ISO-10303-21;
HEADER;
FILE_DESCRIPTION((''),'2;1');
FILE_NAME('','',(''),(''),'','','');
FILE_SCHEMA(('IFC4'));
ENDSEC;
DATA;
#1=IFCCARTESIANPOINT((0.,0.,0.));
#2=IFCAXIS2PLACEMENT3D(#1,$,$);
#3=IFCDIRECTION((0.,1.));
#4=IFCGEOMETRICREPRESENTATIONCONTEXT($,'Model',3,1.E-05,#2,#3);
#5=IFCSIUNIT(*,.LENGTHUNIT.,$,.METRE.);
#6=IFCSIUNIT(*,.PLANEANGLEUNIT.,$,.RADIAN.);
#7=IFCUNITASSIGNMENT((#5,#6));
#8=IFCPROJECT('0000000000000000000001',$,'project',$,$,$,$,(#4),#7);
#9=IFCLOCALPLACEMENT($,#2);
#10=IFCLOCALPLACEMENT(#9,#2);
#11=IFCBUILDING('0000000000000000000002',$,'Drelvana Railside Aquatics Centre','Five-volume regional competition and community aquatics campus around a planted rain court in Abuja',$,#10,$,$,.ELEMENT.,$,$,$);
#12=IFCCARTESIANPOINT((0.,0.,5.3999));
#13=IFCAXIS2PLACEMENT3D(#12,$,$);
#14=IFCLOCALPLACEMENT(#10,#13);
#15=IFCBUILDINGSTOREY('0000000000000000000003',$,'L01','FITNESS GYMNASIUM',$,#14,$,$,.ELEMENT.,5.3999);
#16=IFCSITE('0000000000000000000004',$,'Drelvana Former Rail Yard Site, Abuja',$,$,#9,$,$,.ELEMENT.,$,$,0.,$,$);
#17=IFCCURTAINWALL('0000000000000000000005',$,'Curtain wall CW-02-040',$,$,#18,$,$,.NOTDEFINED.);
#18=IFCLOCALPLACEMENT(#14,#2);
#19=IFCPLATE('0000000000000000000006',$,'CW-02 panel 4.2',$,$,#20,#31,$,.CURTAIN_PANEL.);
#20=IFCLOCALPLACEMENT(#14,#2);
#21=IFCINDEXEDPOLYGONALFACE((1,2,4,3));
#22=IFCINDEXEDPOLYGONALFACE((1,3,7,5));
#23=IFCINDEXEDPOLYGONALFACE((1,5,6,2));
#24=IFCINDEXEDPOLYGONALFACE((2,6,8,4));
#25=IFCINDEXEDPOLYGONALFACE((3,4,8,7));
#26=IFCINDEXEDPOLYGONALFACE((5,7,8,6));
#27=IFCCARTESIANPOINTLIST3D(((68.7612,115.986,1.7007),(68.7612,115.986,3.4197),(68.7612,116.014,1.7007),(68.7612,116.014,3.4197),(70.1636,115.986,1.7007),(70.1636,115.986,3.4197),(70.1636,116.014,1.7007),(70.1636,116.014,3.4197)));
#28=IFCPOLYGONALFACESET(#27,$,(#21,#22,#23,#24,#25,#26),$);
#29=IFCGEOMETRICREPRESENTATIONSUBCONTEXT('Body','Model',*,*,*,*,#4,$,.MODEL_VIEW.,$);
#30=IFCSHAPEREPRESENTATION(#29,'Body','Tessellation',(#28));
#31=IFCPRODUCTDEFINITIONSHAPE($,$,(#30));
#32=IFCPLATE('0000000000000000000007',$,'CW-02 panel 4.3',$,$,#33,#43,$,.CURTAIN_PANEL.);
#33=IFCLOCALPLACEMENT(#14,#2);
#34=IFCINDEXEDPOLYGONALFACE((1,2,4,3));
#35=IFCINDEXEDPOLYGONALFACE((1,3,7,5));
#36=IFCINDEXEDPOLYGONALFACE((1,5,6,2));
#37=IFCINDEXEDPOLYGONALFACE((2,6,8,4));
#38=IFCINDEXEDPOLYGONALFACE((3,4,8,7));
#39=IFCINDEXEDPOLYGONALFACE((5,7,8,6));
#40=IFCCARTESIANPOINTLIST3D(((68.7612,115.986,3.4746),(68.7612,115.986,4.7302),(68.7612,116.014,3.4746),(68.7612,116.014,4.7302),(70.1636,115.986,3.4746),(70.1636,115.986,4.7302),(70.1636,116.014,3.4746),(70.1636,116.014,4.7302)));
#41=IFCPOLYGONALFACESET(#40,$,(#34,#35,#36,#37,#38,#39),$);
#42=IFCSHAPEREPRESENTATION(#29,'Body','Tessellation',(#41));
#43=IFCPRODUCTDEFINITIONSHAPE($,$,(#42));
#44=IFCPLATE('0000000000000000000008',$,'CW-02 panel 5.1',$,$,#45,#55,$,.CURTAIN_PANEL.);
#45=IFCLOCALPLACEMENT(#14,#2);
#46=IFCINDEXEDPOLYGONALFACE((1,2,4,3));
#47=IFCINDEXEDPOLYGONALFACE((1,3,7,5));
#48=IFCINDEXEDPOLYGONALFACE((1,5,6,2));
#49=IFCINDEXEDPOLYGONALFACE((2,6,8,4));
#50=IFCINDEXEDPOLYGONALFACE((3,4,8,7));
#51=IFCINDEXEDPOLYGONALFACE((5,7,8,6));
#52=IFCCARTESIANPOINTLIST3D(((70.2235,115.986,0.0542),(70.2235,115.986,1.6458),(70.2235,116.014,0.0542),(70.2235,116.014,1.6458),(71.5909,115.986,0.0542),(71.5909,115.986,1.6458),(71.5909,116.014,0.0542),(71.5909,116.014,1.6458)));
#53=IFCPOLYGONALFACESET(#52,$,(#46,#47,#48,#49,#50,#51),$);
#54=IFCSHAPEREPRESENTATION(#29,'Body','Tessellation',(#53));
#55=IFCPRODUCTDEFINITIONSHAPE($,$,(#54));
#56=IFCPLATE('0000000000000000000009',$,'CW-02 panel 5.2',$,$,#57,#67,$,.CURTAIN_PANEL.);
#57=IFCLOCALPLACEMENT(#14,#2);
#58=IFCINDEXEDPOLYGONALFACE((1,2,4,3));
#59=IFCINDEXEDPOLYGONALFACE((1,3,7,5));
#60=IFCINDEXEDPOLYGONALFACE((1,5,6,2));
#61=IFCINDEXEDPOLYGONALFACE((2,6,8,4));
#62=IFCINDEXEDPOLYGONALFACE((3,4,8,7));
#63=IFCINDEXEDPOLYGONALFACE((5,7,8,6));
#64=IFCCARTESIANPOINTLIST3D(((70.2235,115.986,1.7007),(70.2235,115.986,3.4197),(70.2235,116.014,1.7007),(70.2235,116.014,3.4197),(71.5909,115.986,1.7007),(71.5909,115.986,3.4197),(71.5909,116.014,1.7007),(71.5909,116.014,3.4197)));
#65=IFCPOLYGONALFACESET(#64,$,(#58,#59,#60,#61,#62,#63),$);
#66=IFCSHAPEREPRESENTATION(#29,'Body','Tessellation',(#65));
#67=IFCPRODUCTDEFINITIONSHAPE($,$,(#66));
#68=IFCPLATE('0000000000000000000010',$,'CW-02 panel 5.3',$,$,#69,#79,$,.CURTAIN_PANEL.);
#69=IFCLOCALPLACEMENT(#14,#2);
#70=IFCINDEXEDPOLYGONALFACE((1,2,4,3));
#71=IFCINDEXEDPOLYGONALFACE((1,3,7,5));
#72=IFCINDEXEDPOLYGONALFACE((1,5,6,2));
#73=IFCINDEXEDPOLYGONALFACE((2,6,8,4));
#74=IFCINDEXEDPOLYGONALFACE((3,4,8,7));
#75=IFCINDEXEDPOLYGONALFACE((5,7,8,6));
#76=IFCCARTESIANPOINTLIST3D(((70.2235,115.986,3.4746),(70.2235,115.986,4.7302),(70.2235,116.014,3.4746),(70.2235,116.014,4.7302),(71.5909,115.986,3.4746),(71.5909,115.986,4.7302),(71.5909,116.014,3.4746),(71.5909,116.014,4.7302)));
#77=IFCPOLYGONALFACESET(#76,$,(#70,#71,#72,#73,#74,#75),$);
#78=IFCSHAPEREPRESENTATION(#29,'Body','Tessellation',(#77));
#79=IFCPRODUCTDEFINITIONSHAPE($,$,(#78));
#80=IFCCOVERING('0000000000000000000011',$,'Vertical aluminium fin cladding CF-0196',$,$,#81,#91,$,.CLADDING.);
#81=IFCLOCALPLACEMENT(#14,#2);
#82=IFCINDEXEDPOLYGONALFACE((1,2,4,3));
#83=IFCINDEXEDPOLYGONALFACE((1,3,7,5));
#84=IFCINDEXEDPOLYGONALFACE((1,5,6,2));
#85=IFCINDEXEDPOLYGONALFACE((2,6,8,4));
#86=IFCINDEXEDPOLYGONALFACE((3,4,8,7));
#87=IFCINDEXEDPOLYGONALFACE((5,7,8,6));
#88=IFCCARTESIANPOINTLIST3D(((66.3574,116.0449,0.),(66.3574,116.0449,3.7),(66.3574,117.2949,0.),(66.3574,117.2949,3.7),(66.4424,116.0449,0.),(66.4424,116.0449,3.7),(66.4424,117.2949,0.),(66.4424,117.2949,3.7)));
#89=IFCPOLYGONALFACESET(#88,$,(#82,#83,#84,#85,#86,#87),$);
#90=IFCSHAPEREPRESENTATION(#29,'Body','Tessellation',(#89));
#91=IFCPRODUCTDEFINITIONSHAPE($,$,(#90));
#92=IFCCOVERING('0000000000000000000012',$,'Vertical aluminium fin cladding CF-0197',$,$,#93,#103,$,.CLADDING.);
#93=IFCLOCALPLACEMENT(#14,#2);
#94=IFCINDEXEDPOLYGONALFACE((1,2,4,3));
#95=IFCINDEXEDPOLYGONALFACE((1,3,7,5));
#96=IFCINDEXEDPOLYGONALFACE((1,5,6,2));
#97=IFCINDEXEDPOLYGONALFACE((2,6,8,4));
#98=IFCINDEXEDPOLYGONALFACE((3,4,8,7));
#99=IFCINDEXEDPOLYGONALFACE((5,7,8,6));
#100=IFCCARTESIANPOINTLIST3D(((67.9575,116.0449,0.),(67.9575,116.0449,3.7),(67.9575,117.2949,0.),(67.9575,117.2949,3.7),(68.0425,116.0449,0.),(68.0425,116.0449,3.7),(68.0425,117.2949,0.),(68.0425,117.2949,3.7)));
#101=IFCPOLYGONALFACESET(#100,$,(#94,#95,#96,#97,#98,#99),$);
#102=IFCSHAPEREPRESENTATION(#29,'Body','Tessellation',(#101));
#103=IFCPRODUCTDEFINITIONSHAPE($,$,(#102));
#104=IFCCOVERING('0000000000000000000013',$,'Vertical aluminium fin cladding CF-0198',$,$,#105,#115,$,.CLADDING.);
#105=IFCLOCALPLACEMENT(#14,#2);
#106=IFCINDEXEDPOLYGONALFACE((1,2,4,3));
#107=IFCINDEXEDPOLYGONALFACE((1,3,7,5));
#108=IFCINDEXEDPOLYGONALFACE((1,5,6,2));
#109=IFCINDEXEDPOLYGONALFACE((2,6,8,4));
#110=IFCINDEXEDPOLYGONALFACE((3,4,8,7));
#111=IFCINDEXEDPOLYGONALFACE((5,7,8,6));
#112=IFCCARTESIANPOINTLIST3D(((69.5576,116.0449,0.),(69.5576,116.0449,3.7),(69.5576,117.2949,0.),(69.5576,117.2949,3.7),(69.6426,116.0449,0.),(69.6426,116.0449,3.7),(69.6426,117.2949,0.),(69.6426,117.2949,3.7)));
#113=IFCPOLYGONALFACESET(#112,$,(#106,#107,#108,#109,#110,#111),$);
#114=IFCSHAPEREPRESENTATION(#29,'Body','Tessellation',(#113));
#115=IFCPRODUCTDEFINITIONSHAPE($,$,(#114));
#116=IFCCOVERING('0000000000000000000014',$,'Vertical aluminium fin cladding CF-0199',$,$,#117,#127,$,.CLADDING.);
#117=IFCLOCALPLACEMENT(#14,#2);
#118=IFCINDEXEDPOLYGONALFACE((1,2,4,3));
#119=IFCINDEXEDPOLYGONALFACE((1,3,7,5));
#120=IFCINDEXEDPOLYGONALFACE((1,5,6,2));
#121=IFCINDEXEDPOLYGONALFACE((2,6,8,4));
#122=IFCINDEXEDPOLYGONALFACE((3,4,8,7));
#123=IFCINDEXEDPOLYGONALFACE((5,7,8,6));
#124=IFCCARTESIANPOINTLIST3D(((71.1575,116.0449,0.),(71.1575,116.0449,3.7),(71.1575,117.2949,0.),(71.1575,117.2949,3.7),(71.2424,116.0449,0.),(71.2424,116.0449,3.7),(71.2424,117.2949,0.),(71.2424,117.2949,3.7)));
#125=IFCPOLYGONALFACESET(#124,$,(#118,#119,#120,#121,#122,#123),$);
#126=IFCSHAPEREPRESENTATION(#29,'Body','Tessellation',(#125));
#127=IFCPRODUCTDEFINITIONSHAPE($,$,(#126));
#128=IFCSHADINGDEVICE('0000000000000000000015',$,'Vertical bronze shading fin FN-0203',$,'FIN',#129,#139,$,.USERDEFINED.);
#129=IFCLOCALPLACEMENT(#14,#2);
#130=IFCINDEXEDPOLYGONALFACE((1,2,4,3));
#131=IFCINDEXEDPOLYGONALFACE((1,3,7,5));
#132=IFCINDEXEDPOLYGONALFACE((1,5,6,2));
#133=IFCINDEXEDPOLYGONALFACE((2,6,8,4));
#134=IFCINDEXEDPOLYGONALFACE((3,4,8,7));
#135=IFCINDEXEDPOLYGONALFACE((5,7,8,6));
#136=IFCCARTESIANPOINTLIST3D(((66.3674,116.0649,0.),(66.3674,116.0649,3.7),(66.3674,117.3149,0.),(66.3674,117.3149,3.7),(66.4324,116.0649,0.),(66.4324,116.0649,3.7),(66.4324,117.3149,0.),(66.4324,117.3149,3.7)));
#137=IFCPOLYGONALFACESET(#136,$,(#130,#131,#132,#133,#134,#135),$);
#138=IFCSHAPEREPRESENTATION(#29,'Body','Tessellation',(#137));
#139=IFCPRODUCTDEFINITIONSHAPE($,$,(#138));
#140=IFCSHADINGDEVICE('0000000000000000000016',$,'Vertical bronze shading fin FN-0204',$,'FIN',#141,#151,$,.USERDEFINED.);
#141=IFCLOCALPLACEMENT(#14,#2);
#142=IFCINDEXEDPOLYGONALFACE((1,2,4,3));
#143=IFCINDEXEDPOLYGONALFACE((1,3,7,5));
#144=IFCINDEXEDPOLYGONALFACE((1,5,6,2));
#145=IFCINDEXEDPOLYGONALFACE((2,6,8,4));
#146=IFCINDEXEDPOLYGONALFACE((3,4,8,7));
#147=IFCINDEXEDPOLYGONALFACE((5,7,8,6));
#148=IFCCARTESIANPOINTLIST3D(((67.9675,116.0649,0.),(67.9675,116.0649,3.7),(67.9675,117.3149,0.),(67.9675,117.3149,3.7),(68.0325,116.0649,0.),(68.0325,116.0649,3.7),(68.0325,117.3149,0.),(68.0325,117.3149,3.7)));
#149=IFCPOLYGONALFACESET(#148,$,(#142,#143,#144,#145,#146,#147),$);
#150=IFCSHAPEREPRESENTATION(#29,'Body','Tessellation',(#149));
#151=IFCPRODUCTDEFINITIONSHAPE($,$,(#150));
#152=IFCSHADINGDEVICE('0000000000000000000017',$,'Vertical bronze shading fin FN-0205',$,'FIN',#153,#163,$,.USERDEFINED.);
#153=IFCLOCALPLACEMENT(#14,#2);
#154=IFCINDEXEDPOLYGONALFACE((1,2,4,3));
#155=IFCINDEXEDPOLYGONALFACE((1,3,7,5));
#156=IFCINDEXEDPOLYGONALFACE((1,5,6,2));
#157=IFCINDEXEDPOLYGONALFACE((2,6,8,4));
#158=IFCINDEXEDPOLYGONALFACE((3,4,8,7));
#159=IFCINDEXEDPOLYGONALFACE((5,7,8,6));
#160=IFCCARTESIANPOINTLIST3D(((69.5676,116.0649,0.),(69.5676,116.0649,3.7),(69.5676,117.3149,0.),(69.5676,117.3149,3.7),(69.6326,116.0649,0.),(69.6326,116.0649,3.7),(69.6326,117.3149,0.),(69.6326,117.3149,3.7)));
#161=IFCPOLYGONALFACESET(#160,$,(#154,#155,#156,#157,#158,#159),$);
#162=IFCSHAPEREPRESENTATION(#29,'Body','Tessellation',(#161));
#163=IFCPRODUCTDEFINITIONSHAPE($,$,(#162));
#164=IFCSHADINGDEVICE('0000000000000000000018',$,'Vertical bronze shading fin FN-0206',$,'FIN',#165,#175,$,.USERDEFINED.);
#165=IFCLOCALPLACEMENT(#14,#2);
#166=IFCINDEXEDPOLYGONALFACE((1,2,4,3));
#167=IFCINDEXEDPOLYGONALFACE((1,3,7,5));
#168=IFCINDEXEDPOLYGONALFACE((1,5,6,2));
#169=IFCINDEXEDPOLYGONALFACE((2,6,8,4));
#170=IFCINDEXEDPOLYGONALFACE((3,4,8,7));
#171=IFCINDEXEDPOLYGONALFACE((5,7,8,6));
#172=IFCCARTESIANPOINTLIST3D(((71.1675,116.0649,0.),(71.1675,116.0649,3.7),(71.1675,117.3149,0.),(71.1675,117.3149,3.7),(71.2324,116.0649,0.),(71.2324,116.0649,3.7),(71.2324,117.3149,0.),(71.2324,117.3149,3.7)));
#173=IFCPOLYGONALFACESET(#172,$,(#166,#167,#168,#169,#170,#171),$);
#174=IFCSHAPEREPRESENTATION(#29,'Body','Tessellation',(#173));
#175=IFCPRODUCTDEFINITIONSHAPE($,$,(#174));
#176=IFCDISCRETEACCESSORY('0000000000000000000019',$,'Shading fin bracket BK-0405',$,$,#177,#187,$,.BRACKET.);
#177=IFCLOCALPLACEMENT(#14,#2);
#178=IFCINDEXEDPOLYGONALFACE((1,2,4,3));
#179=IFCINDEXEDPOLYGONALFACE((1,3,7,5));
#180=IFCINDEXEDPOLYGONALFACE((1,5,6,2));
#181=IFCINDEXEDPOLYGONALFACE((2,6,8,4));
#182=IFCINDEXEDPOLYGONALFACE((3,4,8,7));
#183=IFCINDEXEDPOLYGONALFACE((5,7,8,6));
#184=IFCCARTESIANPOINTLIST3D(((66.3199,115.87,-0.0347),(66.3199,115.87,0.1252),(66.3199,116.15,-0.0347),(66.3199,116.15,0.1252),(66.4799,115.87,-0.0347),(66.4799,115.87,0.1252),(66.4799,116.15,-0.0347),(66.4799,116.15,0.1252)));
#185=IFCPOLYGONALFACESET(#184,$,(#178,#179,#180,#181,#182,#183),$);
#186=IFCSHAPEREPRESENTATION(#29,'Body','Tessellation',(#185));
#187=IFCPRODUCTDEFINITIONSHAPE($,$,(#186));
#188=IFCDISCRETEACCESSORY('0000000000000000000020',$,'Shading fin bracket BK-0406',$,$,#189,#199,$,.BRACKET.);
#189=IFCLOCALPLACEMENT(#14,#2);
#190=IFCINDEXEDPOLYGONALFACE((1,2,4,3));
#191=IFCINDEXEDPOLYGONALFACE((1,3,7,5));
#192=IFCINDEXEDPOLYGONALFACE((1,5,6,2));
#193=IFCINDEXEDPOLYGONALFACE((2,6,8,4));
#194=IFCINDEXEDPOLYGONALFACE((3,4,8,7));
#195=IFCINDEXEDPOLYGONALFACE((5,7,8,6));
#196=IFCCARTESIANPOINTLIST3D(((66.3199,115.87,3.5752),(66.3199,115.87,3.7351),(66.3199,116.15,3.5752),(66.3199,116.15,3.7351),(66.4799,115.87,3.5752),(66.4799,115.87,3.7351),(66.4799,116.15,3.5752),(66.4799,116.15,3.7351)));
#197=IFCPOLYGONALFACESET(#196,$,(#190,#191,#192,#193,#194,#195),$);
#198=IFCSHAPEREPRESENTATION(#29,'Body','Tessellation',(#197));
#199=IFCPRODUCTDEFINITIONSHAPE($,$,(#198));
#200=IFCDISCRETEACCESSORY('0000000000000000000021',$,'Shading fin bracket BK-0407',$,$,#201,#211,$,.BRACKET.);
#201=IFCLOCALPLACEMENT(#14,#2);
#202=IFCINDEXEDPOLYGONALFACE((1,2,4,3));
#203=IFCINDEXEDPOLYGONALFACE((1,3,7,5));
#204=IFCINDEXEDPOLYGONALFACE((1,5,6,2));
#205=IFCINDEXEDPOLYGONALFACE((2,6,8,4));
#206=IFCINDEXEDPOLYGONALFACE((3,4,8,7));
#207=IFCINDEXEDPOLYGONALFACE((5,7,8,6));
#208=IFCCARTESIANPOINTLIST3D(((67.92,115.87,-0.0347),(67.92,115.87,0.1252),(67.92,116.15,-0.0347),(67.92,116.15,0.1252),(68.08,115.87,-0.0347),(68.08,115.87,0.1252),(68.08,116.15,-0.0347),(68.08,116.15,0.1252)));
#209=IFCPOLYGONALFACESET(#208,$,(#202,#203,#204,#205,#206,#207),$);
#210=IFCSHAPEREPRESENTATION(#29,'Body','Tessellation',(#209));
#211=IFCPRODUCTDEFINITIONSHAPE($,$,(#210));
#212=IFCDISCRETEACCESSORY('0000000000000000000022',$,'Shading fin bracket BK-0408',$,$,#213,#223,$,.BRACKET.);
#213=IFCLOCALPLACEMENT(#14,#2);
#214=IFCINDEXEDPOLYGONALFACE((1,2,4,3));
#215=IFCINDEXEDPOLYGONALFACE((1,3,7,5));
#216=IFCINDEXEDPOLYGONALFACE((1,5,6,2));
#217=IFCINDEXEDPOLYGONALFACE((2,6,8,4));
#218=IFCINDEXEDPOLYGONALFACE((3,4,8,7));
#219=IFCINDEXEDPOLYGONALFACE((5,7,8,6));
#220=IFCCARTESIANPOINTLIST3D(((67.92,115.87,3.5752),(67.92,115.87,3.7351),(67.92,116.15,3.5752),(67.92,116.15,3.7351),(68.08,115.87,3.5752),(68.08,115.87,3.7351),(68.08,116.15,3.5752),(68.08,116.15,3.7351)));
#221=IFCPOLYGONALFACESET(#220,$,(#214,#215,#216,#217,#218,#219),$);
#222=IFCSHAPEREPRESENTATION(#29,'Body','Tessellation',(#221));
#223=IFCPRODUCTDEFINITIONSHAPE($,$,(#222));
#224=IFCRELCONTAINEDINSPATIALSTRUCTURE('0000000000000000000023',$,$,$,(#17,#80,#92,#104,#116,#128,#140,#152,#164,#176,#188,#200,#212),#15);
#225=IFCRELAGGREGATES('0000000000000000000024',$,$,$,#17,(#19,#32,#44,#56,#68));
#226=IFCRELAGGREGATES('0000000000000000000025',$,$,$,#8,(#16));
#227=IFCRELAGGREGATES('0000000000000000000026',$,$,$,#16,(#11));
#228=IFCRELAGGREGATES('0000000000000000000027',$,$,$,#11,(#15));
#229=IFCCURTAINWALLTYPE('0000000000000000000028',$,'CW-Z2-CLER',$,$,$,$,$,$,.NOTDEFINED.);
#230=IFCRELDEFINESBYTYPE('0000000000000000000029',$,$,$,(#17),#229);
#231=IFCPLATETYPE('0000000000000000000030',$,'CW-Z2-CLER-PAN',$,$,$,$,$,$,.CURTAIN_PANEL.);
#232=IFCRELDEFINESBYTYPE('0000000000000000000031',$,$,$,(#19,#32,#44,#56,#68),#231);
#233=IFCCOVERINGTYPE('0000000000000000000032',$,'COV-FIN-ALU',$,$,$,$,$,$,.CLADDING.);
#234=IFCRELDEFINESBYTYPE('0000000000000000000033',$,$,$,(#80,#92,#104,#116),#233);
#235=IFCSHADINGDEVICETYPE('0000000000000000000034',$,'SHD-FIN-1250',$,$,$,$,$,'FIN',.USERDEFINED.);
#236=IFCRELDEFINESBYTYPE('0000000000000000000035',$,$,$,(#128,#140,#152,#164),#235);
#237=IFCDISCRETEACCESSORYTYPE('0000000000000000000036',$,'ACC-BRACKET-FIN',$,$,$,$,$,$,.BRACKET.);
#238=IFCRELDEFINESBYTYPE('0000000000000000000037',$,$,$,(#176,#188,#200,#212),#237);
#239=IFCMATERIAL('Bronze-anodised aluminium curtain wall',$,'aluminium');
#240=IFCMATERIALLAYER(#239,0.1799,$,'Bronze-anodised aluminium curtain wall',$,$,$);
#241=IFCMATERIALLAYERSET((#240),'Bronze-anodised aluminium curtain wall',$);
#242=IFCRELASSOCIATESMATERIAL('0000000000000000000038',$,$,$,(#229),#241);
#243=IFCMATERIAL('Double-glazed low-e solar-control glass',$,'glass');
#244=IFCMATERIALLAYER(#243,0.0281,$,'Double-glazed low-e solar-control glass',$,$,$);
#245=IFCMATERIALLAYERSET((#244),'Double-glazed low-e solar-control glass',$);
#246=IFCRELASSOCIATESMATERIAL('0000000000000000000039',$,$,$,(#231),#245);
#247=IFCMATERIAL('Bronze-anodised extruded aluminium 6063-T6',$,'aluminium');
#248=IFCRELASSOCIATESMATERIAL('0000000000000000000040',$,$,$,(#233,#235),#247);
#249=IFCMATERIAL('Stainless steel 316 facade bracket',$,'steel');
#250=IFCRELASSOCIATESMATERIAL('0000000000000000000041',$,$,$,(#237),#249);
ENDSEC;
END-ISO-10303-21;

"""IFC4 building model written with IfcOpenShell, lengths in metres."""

from ifc_helpers import new_model, si_unit, direction, frame, origin, origin_2d, place, context, subcontext, project, spatial, rectangle, extrude, material, layer, layer_set, type_object, element, aggregate, save


model = new_model("IFC4")

# Units and contexts
model_context = context("Model", 3, precision=1e-05, world=origin(), true_north=direction((0.0, 1.0)))
body_context = subcontext(model_context, "Body", "Model", "MODEL_VIEW")
ifc_project = project(units=[si_unit("LENGTHUNIT", "METRE"), si_unit("PLANEANGLEUNIT", "RADIAN")], contexts=[model_context])

# Site, building, storey
site_placement = place(None, origin())
site = spatial("IfcSite", under=ifc_project, at=site_placement, Name="Drelvana Former Rail Yard Site, Abuja", CompositionType="ELEMENT", RefElevation=0.0)
building_placement = place(site_placement, origin())
building = spatial("IfcBuilding", under=site, at=building_placement, Name="Drelvana Railside Aquatics Centre", Description="Five-volume regional competition and community aquatics campus around a planted rain court in Abuja", CompositionType="ELEMENT")
storey_placement = place(building_placement, frame((0.0, 0.0, 5.3999)))
storey = spatial("IfcBuildingStorey", under=building, at=storey_placement, Name="L01", Description="FITNESS GYMNASIUM", CompositionType="ELEMENT", Elevation=5.3999)

# Curtain wall, plates
ifc_material_1 = material(Name="Bronze-anodised aluminium curtain wall", Category="aluminium")
ifc_layer_1 = layer(ifc_material_1, 0.1799, Name="Bronze-anodised aluminium curtain wall")
ifc_layer_set_1 = layer_set([ifc_layer_1], Name="Bronze-anodised aluminium curtain wall")
curtain_wall_type = type_object("IfcCurtainWallType", Name="CW-Z2-CLER", PredefinedType="NOTDEFINED", material=ifc_layer_set_1)
curtain_wall_placement = place(storey_placement, origin())
curtain_wall = element("IfcCurtainWall", 1, at=curtain_wall_placement, inside=storey, type_object=curtain_wall_type, Name="Curtain wall CW-02-040", PredefinedType="NOTDEFINED")
ifc_material_2 = material(Name="Double-glazed low-e solar-control glass", Category="glass")
ifc_layer_2 = layer(ifc_material_2, 0.0281, Name="Double-glazed low-e solar-control glass")
ifc_layer_set_2 = layer_set([ifc_layer_2], Name="Double-glazed low-e solar-control glass")
plate_type = type_object("IfcPlateType", Name="CW-Z2-CLER-PAN", PredefinedType="CURTAIN_PANEL", material=ifc_layer_set_2)
plate_1_placement = place(storey_placement, frame((69.4624, 116.0, 1.7007), z_axis=(0.0, 0.0, 1.0), x_axis=(1.0, 0.0, 0.0)))
plate_1 = element("IfcPlate", 2, at=plate_1_placement, type_object=plate_type, Name="CW-02 panel 4.2", PredefinedType="CURTAIN_PANEL", context=body_context, shape_type="SweptSolid", body=[
    extrude(rectangle(XDim=1.4023, YDim=0.0281, at=origin_2d()), origin(), (0.0, 0.0, 1.0), 1.719),
])
plate_2_placement = place(storey_placement, frame((69.4624, 116.0, 3.4746), z_axis=(0.0, 0.0, 1.0), x_axis=(1.0, 0.0, 0.0)))
plate_2 = element("IfcPlate", 3, at=plate_2_placement, type_object=plate_type, Name="CW-02 panel 4.3", PredefinedType="CURTAIN_PANEL", context=body_context, shape_type="SweptSolid", body=[
    extrude(rectangle(XDim=1.4023, YDim=0.0281, at=origin_2d()), origin(), (0.0, 0.0, 1.0), 1.2556),
])
plate_3_placement = place(storey_placement, frame((70.9072, 116.0, 0.0542), z_axis=(0.0, 0.0, 1.0), x_axis=(1.0, 0.0, 0.0)))
plate_3 = element("IfcPlate", 4, at=plate_3_placement, type_object=plate_type, Name="CW-02 panel 5.1", PredefinedType="CURTAIN_PANEL", context=body_context, shape_type="SweptSolid", body=[
    extrude(rectangle(XDim=1.3674, YDim=0.0281, at=origin_2d()), origin(), (0.0, 0.0, 1.0), 1.5916),
])
plate_4_placement = place(storey_placement, frame((70.9072, 116.0, 1.7007), z_axis=(0.0, 0.0, 1.0), x_axis=(1.0, 0.0, 0.0)))
plate_4 = element("IfcPlate", 5, at=plate_4_placement, type_object=plate_type, Name="CW-02 panel 5.2", PredefinedType="CURTAIN_PANEL", context=body_context, shape_type="SweptSolid", body=[
    extrude(rectangle(XDim=1.3674, YDim=0.0281, at=origin_2d()), origin(), (0.0, 0.0, 1.0), 1.719),
])
plate_5_placement = place(storey_placement, frame((70.9072, 116.0, 3.4746), z_axis=(0.0, 0.0, 1.0), x_axis=(1.0, 0.0, 0.0)))
plate_5 = element("IfcPlate", 6, at=plate_5_placement, type_object=plate_type, Name="CW-02 panel 5.3", PredefinedType="CURTAIN_PANEL", context=body_context, shape_type="SweptSolid", body=[
    extrude(rectangle(XDim=1.3674, YDim=0.0281, at=origin_2d()), origin(), (0.0, 0.0, 1.0), 1.2556),
])
aggregate(curtain_wall, [plate_1, plate_2, plate_3, plate_4, plate_5])

# Coverings
ifc_material_3 = material(Name="Bronze-anodised extruded aluminium 6063-T6", Category="aluminium")
covering_type = type_object("IfcCoveringType", Name="COV-FIN-ALU", PredefinedType="CLADDING", material=ifc_material_3)
for number, where, z_axis, x_axis, name in (
    (7, (66.3999, 116.6699, 0.0), (0.0, 0.0, 1.0), (1.0, 0.0, 0.0), "Vertical aluminium fin cladding CF-0196"),
    (8, (68.0, 116.6699, 0.0), (0.0, 0.0, 1.0), (1.0, 0.0, 0.0), "Vertical aluminium fin cladding CF-0197"),
    (9, (69.6001, 116.6699, 0.0), (0.0, 0.0, 1.0), (1.0, 0.0, 0.0), "Vertical aluminium fin cladding CF-0198"),
    (10, (71.2, 116.6699, 0.0), (0.0, 0.0, 1.0), (1.0, 0.0, 0.0), "Vertical aluminium fin cladding CF-0199"),
):
    element("IfcCovering", number, at=place(storey_placement, frame(where, z_axis=z_axis, x_axis=x_axis)), inside=storey, type_object=covering_type, Name=name, PredefinedType="CLADDING", context=body_context, shape_type="SweptSolid", body=[
        extrude(rectangle(XDim=0.085, YDim=1.25, at=origin_2d()), origin(), (0.0, 0.0, 1.0), 3.7),
    ])

# Shading devices
shading_device_type = type_object("IfcShadingDeviceType", Name="SHD-FIN-1250", ElementType="FIN", PredefinedType="USERDEFINED", material=ifc_material_3)
for number, where, z_axis, x_axis, name in (
    (11, (66.3999, 116.6899, 0.0), (0.0, 0.0, 1.0), (0.0, 1.0, 0.0), "Vertical bronze shading fin FN-0203"),
    (12, (68.0, 116.6899, 0.0), (0.0, 0.0, 1.0), (0.0, 1.0, 0.0), "Vertical bronze shading fin FN-0204"),
    (13, (69.6001, 116.6899, 0.0), (0.0, 0.0, 1.0), (0.0, 1.0, 0.0), "Vertical bronze shading fin FN-0205"),
    (14, (71.2, 116.6899, 0.0), (0.0, 0.0, 1.0), (0.0, 1.0, 0.0), "Vertical bronze shading fin FN-0206"),
):
    element("IfcShadingDevice", number, at=place(storey_placement, frame(where, z_axis=z_axis, x_axis=x_axis)), inside=storey, type_object=shading_device_type, Name=name, ObjectType="FIN", PredefinedType="USERDEFINED", context=body_context, shape_type="SweptSolid", body=[
        extrude(rectangle(XDim=1.25, YDim=0.0649, at=origin_2d()), origin(), (0.0, 0.0, 1.0), 3.7),
    ])

# Discrete accessories
ifc_material_4 = material(Name="Stainless steel 316 facade bracket", Category="steel")
discrete_accessory_type = type_object("IfcDiscreteAccessoryType", Name="ACC-BRACKET-FIN", PredefinedType="BRACKET", material=ifc_material_4)
for number, where, z_axis, x_axis, name in (
    (15, (66.3999, 116.01, -0.0347), (0.0, 0.0, 1.0), (0.0, 1.0, 0.0), "Shading fin bracket BK-0405"),
    (16, (66.3999, 116.01, 3.5752), (0.0, 0.0, 1.0), (0.0, 1.0, 0.0), "Shading fin bracket BK-0406"),
    (17, (68.0, 116.01, -0.0347), (0.0, 0.0, 1.0), (0.0, 1.0, 0.0), "Shading fin bracket BK-0407"),
    (18, (68.0, 116.01, 3.5752), (0.0, 0.0, 1.0), (0.0, 1.0, 0.0), "Shading fin bracket BK-0408"),
):
    element("IfcDiscreteAccessory", number, at=place(storey_placement, frame(where, z_axis=z_axis, x_axis=x_axis)), inside=storey, type_object=discrete_accessory_type, Name=name, PredefinedType="BRACKET", context=body_context, shape_type="SweptSolid", body=[
        extrude(rectangle(XDim=0.28, YDim=0.1599, at=origin_2d()), origin(), (0.0, 0.0, 1.0), 0.1599),
    ])

save(model, "model.ifc")
